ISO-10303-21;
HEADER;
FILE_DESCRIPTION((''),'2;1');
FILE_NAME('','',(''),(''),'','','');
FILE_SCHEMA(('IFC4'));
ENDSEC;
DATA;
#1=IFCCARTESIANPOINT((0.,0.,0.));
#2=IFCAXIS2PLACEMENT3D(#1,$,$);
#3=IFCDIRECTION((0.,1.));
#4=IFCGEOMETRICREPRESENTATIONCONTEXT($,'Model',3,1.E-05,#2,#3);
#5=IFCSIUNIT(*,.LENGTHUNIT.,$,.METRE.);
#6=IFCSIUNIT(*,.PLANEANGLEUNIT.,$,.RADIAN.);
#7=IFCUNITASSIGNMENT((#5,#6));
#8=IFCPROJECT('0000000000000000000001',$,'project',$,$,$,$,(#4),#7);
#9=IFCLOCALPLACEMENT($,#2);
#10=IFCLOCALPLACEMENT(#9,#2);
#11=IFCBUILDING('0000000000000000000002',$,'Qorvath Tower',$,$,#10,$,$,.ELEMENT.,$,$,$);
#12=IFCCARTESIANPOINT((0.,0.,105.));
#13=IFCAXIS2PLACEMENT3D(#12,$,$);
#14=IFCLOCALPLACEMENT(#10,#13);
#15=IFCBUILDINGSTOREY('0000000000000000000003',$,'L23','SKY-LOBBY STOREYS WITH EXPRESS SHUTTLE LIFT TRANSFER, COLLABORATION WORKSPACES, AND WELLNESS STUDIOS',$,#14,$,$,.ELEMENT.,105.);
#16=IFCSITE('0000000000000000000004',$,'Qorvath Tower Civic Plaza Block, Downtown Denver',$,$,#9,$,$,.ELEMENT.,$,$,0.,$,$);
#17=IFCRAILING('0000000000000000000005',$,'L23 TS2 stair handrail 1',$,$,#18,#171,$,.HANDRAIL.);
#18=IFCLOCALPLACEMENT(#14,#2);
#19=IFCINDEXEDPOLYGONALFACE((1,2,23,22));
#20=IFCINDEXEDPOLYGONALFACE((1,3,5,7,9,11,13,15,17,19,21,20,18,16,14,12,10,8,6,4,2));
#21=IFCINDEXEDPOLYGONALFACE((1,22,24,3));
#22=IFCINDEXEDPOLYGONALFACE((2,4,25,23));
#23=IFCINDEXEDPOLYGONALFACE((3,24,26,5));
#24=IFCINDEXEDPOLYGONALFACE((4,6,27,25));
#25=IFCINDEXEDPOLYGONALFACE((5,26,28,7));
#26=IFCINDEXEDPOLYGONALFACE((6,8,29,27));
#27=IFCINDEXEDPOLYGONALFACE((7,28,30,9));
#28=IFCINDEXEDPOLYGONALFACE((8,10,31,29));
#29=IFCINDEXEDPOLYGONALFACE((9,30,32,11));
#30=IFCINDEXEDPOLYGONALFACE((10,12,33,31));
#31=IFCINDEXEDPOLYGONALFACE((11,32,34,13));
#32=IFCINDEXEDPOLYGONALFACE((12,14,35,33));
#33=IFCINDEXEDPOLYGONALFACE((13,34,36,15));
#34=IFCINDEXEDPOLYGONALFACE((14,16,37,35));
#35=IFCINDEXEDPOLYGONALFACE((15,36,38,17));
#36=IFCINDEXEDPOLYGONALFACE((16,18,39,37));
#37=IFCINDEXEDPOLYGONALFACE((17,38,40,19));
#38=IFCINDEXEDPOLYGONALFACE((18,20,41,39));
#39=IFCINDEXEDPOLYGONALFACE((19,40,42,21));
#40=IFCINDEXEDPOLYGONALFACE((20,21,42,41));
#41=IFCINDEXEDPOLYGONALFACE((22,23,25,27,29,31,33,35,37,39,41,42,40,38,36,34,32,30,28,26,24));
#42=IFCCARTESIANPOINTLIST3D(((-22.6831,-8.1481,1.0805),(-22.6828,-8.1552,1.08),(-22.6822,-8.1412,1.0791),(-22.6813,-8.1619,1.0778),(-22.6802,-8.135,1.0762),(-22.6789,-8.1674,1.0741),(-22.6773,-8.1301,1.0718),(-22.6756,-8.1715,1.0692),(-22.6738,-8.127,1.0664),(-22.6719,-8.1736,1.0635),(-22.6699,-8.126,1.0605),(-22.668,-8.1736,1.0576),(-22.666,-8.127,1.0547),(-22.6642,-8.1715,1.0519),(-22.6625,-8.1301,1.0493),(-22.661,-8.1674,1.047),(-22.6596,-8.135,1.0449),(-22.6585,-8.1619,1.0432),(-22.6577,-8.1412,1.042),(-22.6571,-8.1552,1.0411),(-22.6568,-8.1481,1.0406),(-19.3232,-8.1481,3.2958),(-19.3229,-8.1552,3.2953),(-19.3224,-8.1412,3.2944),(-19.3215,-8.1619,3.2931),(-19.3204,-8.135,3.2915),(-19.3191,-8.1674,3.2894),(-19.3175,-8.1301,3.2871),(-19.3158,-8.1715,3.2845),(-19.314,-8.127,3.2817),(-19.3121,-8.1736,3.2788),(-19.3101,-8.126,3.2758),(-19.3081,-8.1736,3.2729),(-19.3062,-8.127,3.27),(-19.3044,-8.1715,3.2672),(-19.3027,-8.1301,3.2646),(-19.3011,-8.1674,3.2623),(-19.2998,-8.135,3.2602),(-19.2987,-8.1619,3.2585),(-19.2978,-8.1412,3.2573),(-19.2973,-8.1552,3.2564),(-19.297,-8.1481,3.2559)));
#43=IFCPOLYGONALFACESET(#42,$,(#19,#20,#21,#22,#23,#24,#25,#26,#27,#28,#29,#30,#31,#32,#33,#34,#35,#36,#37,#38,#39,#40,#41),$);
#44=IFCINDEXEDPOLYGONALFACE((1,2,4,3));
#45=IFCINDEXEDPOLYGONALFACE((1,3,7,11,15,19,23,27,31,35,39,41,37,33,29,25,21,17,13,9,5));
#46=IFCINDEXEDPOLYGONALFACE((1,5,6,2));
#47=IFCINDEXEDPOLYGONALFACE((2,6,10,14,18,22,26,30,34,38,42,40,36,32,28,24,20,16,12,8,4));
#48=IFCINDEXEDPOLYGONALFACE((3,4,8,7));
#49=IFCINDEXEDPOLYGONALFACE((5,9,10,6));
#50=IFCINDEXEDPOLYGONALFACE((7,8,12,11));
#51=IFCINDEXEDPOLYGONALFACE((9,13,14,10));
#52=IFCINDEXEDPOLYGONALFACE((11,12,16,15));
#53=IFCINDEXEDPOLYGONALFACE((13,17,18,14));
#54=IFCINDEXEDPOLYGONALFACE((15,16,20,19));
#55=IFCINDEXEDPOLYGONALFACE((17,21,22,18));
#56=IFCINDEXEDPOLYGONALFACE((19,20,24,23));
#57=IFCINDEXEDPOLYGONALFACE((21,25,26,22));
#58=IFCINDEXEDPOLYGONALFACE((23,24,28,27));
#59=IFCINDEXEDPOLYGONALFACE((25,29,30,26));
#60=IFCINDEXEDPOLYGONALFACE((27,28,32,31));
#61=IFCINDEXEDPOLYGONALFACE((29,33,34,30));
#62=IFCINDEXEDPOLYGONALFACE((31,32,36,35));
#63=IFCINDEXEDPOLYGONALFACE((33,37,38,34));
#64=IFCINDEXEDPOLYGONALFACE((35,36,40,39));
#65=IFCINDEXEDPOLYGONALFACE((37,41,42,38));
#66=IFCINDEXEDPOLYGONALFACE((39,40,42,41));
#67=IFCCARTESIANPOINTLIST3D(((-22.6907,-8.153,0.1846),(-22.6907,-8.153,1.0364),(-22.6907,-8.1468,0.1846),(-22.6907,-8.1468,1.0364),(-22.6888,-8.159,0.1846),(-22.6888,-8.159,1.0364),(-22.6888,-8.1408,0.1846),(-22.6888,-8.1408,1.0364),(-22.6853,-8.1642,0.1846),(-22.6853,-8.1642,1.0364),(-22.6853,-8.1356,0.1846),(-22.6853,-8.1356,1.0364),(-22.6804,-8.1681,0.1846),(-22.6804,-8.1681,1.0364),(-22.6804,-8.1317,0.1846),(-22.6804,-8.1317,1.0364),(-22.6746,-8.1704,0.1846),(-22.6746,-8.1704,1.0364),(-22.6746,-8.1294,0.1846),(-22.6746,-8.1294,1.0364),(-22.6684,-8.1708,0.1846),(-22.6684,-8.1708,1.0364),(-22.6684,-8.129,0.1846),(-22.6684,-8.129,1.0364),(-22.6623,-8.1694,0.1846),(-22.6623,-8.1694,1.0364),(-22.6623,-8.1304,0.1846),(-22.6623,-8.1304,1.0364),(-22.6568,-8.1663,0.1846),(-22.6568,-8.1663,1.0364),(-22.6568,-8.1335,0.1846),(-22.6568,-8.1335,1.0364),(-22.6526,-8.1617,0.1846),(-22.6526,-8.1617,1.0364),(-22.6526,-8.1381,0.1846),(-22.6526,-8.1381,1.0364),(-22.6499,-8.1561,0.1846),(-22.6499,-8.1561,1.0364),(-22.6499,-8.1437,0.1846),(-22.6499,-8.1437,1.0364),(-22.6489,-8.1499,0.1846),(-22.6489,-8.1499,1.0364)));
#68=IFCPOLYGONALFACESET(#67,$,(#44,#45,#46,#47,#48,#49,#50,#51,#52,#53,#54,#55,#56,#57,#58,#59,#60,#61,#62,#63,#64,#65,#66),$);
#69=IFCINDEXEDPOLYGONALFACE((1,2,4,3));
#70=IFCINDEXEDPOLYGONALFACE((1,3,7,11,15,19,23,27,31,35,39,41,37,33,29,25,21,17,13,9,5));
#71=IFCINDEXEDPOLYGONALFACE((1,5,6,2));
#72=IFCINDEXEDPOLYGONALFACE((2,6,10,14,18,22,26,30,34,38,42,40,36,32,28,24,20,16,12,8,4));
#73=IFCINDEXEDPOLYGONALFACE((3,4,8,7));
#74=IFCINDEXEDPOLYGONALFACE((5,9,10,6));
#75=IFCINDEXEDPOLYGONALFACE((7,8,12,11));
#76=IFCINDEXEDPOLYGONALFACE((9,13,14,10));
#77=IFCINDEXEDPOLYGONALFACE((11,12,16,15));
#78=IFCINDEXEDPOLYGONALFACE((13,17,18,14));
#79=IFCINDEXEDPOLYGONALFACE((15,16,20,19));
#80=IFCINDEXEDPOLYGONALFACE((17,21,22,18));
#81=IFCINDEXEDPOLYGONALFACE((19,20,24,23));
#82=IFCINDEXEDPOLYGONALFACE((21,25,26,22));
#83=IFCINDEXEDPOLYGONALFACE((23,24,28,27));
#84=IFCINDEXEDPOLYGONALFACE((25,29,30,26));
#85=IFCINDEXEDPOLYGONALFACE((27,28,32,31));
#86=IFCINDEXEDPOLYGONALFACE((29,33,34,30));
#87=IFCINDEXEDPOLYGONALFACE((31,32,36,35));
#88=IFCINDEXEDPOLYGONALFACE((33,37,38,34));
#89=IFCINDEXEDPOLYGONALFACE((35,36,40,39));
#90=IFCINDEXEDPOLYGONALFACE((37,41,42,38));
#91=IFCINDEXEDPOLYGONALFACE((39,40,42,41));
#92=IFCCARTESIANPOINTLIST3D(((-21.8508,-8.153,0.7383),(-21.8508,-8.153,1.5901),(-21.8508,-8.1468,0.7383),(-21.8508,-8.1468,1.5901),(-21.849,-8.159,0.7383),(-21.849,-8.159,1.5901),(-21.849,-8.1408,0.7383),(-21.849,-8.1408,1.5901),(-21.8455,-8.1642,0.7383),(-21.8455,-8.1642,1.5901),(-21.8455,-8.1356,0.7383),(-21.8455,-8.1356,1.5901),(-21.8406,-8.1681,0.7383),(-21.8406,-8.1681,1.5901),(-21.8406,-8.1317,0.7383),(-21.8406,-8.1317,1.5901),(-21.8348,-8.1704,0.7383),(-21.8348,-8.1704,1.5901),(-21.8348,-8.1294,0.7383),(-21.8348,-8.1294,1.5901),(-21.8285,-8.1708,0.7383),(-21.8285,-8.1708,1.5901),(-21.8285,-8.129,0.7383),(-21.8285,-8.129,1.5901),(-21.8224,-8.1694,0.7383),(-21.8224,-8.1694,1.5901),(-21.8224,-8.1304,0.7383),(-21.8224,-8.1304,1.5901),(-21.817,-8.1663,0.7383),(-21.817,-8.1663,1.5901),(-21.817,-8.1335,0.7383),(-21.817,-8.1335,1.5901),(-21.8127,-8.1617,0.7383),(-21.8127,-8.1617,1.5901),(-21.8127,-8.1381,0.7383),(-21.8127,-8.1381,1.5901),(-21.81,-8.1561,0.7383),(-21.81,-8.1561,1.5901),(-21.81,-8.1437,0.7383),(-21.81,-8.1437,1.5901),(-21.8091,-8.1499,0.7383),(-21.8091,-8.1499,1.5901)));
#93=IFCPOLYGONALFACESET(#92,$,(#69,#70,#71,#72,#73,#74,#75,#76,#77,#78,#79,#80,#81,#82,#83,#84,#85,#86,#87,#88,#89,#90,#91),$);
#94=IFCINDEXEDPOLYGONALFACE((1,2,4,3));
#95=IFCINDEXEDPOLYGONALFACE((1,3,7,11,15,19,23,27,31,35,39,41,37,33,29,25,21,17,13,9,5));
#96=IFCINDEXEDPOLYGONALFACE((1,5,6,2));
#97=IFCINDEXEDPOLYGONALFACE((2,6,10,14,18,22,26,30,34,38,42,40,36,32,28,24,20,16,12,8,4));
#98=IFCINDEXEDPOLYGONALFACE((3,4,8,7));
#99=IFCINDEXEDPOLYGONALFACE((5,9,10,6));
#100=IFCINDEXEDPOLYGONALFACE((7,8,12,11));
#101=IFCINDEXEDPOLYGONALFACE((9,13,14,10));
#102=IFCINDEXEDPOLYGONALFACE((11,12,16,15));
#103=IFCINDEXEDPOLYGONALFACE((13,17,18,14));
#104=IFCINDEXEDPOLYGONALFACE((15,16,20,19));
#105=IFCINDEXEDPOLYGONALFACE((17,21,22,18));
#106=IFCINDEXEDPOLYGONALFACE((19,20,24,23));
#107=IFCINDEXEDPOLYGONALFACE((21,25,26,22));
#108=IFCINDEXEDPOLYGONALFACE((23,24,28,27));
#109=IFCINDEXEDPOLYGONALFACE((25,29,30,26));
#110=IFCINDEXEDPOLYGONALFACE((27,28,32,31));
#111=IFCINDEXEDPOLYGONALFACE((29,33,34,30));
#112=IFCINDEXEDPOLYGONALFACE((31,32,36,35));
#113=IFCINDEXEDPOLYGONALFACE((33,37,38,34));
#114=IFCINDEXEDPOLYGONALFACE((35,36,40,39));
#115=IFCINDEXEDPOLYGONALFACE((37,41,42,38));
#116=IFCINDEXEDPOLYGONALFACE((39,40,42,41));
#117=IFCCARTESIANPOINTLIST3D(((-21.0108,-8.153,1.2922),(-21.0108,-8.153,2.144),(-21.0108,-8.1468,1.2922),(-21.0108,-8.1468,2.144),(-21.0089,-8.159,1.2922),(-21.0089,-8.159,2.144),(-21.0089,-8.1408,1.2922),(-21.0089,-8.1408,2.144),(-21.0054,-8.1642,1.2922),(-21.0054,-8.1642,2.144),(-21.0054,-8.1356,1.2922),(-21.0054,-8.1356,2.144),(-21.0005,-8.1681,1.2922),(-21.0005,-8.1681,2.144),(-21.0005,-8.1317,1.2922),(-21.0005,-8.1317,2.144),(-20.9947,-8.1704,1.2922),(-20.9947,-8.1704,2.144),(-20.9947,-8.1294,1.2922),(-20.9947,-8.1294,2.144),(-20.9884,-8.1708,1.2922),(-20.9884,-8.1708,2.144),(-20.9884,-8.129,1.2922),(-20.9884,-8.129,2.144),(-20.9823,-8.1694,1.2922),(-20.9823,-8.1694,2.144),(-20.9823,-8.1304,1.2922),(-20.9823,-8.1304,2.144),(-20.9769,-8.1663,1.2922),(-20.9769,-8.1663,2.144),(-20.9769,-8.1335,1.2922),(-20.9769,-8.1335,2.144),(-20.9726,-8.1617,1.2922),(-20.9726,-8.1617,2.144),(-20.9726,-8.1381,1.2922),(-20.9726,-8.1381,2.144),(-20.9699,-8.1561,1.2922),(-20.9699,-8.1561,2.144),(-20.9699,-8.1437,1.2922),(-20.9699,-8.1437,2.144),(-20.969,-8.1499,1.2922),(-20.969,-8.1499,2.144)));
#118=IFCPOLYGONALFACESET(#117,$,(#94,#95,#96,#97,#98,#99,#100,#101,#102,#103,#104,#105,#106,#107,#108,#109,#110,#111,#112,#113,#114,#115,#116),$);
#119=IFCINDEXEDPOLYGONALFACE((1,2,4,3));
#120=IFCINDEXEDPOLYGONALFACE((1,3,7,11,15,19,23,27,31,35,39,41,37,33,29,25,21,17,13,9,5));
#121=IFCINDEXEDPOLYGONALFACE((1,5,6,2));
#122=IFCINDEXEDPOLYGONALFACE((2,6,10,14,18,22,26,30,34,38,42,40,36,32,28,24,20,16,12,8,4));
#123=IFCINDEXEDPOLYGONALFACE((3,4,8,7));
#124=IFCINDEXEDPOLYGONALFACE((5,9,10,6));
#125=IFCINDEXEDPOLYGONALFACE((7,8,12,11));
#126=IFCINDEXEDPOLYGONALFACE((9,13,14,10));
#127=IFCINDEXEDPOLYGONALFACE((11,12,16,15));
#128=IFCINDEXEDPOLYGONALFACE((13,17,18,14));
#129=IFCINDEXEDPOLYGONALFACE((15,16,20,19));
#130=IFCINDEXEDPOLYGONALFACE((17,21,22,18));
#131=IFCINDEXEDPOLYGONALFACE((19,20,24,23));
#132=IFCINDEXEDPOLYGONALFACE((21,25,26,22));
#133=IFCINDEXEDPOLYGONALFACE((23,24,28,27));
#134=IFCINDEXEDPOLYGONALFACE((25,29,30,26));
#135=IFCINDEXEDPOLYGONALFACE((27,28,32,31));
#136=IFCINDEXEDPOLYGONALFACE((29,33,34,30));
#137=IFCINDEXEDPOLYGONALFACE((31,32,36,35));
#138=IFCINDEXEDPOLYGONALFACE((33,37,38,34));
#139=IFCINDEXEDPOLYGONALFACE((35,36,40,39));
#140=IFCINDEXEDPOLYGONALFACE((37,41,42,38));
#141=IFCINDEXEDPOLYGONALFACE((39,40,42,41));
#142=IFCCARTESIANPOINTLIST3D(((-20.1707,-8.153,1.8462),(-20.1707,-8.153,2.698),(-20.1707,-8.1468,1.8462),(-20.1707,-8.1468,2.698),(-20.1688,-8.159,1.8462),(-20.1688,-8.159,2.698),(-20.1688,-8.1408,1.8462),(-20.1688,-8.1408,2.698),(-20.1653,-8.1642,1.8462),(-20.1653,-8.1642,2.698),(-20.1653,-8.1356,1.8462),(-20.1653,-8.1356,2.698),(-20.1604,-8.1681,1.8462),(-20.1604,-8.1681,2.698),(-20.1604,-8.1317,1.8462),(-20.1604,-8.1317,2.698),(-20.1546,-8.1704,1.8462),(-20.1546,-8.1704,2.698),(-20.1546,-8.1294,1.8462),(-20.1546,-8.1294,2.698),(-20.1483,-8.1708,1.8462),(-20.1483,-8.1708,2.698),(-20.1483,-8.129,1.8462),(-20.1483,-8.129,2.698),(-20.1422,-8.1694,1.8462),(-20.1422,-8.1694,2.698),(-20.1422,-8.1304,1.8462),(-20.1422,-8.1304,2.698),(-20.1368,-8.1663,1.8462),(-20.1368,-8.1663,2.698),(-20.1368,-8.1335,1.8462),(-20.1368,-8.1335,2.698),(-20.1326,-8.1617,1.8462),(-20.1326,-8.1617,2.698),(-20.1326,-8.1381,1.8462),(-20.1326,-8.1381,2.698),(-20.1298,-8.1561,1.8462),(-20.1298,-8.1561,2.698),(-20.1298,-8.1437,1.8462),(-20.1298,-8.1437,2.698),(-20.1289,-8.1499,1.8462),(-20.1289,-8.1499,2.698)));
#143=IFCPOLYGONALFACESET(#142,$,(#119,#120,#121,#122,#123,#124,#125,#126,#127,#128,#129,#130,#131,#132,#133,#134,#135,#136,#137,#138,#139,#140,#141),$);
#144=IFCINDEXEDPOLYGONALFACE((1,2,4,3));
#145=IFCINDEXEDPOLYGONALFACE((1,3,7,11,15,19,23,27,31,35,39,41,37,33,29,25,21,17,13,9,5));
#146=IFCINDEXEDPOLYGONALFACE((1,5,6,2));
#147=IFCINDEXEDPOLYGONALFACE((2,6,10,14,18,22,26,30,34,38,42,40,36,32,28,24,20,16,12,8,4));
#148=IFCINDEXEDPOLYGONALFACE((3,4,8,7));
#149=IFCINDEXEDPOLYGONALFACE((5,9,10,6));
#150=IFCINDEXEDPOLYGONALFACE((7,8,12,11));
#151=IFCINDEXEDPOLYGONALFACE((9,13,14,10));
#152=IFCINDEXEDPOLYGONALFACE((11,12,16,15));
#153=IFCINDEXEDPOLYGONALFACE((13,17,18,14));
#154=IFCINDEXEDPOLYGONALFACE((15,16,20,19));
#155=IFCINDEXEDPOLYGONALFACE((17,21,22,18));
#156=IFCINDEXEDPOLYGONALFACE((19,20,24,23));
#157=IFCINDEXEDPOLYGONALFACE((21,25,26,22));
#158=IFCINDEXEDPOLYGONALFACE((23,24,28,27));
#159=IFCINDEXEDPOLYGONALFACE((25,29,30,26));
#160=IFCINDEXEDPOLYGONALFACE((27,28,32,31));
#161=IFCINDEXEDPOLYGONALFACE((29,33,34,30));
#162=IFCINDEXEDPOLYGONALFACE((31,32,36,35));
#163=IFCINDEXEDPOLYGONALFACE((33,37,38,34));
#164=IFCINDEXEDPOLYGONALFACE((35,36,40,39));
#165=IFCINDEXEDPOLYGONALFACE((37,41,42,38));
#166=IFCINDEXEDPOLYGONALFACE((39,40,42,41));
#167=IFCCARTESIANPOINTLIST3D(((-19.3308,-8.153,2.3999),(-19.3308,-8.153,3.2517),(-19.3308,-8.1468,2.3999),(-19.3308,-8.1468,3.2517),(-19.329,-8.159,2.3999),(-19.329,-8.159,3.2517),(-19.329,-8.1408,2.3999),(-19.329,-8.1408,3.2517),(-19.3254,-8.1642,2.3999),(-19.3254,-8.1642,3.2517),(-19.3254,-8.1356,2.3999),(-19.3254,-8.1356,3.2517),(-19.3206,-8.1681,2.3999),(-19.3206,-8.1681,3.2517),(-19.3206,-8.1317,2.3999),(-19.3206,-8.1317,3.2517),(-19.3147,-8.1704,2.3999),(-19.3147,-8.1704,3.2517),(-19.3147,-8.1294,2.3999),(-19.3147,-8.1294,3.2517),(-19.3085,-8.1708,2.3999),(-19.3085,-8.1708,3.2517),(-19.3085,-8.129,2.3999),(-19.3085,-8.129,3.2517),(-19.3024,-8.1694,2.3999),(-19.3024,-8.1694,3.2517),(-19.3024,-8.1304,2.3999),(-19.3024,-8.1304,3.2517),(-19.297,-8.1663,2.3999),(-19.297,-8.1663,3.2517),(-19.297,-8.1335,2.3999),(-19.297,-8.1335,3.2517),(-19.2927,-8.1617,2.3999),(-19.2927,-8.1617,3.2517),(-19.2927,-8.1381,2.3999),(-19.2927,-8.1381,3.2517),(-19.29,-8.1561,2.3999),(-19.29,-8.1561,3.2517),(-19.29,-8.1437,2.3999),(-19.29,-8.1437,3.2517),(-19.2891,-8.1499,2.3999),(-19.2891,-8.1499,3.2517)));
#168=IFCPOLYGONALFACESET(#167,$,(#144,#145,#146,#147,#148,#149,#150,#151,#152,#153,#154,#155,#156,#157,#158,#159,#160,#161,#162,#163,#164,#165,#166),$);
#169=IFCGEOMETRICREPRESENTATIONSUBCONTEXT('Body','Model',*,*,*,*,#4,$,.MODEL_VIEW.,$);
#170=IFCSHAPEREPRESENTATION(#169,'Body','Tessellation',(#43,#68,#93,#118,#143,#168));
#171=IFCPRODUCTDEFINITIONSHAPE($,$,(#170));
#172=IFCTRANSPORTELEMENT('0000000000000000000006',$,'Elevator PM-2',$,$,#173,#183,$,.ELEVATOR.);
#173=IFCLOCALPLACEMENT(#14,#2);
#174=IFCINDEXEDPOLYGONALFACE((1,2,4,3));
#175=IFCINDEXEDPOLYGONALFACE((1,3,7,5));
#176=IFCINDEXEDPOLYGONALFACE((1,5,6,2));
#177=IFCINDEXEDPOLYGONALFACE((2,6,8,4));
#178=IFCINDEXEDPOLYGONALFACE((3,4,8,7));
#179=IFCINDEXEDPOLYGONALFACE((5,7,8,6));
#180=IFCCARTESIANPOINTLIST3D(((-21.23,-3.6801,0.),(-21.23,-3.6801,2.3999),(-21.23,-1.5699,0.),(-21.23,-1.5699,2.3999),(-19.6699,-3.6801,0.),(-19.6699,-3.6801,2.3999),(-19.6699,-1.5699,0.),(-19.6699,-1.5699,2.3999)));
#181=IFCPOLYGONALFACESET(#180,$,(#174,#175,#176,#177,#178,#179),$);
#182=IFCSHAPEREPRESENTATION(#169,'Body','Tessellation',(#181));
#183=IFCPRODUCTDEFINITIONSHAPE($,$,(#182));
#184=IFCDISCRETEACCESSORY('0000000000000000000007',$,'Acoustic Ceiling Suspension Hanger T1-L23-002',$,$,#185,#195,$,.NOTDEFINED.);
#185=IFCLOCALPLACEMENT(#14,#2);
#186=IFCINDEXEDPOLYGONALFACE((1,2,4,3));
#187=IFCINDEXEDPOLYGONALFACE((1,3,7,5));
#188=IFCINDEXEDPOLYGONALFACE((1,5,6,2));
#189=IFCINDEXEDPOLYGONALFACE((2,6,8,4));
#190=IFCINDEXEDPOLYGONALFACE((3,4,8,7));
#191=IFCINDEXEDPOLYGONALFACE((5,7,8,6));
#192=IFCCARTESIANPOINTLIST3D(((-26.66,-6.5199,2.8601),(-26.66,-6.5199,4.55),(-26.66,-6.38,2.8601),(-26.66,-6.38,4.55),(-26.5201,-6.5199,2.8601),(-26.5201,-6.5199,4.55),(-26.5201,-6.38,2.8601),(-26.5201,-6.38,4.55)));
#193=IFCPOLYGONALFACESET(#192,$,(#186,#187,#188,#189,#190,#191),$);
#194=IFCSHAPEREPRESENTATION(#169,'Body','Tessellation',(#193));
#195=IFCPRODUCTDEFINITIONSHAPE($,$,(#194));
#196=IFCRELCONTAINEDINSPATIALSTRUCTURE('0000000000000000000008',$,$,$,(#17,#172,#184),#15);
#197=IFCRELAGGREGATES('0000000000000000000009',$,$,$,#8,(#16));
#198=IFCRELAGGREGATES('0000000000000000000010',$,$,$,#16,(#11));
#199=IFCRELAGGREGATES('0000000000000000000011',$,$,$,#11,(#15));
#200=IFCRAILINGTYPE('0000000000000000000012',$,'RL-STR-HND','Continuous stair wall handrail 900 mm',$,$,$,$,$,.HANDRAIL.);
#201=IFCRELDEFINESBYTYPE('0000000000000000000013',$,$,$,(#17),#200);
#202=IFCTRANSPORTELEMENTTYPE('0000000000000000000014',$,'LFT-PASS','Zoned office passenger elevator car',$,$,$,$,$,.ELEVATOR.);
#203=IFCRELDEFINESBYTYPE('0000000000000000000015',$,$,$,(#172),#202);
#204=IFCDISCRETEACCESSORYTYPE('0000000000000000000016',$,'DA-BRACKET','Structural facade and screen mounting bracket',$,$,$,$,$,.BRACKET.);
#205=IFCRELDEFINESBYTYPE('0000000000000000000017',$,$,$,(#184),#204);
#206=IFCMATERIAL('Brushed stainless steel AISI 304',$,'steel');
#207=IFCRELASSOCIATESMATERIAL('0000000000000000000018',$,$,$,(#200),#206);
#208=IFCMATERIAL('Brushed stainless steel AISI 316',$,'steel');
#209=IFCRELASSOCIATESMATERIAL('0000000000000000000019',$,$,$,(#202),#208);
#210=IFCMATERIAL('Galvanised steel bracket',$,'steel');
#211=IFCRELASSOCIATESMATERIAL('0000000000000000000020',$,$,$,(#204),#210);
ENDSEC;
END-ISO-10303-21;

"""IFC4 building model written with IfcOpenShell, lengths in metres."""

from ifc_helpers import new_model, si_unit, direction, frame, origin, origin_2d, place, context, subcontext, project, spatial, rectangle, circle, extrude, material, type_object, element, save


model = new_model("IFC4")

# Units and contexts
model_context = context("Model", 3, precision=1e-05, world=origin(), true_north=direction((0.0, 1.0)))
body_context = subcontext(model_context, "Body", "Model", "MODEL_VIEW")
ifc_project = project(units=[si_unit("LENGTHUNIT", "METRE"), si_unit("PLANEANGLEUNIT", "RADIAN")], contexts=[model_context])

# Site, building, storey
site_placement = place(None, origin())
site = spatial("IfcSite", under=ifc_project, at=site_placement, Name="Qorvath Tower Civic Plaza Block, Downtown Denver", CompositionType="ELEMENT", RefElevation=0.0)
building_placement = place(site_placement, origin())
building = spatial("IfcBuilding", under=site, at=building_placement, Name="Qorvath Tower", CompositionType="ELEMENT")
storey_placement = place(building_placement, frame((0.0, 0.0, 105.0)))
storey = spatial("IfcBuildingStorey", under=building, at=storey_placement, Name="L23", Description="SKY-LOBBY STOREYS WITH EXPRESS SHUTTLE LIFT TRANSFER, COLLABORATION WORKSPACES, AND WELLNESS STUDIOS", CompositionType="ELEMENT", Elevation=105.0)

# Railing
ifc_material_1 = material(Name="Brushed stainless steel AISI 304", Category="steel")
railing_type_1 = type_object("IfcRailingType", Name="RL-STR-HND", Description="Continuous stair wall handrail 900 mm", PredefinedType="HANDRAIL", material=ifc_material_1)
railing_1_placement = place(storey_placement, frame((-22.6699, -8.1499, 0.1846)))
element("IfcRailing", 1, at=railing_1_placement, inside=storey, type_object=railing_type_1, Name="L23 TS2 stair handrail 1", PredefinedType="HANDRAIL", context=body_context, shape_type="SweptSolid", body=[
    extrude(circle(Radius=0.0239, at=origin_2d()), frame((0.0, 0.0, 0.876), z_axis=(0.834858, 0.0, 0.550465), x_axis=(0.0, 1.0, 0.0)), (0.0, 0.0, 1.0), 4.0244),
    extrude(circle(Radius=0.021, at=origin_2d()), origin(), (0.0, 0.0, 1.0), 0.8518),
    extrude(circle(Radius=0.021, at=origin_2d()), frame((0.8398, 0.0, 0.5537)), (0.0, 0.0, 1.0), 0.8518),
    extrude(circle(Radius=0.021, at=origin_2d()), frame((1.6799, 0.0, 1.1077)), (0.0, 0.0, 1.0), 0.8518),
    extrude(circle(Radius=0.021, at=origin_2d()), frame((2.52, 0.0, 1.6616)), (0.0, 0.0, 1.0), 0.8518),
    extrude(circle(Radius=0.021, at=origin_2d()), frame((3.3599, 0.0, 2.2153)), (0.0, 0.0, 1.0), 0.8518),
])

# Transport element
ifc_material_2 = material(Name="Brushed stainless steel AISI 316", Category="steel")
transport_element_type = type_object("IfcTransportElementType", Name="LFT-PASS", Description="Zoned office passenger elevator car", PredefinedType="ELEVATOR", material=ifc_material_2)
transport_element_placement = place(storey_placement, frame((-20.45, -2.625, 0.0), z_axis=(0.0, 0.0, 1.0), x_axis=(1.0, 0.0, 0.0)))
element("IfcTransportElement", 2, at=transport_element_placement, inside=storey, type_object=transport_element_type, Name="Elevator PM-2", PredefinedType="ELEVATOR", context=body_context, shape_type="SweptSolid", body=[
    extrude(rectangle(XDim=1.5601, YDim=2.1101, at=origin_2d()), origin(), (0.0, 0.0, 1.0), 2.3999),
])

# Discrete accessory
ifc_material_3 = material(Name="Galvanised steel bracket", Category="steel")
discrete_accessory_type = type_object("IfcDiscreteAccessoryType", Name="DA-BRACKET", Description="Structural facade and screen mounting bracket", PredefinedType="BRACKET", material=ifc_material_3)
discrete_accessory_placement = place(storey_placement, frame((-26.5901, -6.45, 2.8601), z_axis=(0.0, 0.0, 1.0), x_axis=(1.0, 0.0, 0.0)))
element("IfcDiscreteAccessory", 3, at=discrete_accessory_placement, inside=storey, type_object=discrete_accessory_type, Name="Acoustic Ceiling Suspension Hanger T1-L23-002", PredefinedType="NOTDEFINED", context=body_context, shape_type="SweptSolid", body=[
    extrude(rectangle(XDim=0.1399, YDim=0.1399, at=origin_2d()), origin(), (0.0, 0.0, 1.0), 1.6899),
])

save(model, "model.ifc")
